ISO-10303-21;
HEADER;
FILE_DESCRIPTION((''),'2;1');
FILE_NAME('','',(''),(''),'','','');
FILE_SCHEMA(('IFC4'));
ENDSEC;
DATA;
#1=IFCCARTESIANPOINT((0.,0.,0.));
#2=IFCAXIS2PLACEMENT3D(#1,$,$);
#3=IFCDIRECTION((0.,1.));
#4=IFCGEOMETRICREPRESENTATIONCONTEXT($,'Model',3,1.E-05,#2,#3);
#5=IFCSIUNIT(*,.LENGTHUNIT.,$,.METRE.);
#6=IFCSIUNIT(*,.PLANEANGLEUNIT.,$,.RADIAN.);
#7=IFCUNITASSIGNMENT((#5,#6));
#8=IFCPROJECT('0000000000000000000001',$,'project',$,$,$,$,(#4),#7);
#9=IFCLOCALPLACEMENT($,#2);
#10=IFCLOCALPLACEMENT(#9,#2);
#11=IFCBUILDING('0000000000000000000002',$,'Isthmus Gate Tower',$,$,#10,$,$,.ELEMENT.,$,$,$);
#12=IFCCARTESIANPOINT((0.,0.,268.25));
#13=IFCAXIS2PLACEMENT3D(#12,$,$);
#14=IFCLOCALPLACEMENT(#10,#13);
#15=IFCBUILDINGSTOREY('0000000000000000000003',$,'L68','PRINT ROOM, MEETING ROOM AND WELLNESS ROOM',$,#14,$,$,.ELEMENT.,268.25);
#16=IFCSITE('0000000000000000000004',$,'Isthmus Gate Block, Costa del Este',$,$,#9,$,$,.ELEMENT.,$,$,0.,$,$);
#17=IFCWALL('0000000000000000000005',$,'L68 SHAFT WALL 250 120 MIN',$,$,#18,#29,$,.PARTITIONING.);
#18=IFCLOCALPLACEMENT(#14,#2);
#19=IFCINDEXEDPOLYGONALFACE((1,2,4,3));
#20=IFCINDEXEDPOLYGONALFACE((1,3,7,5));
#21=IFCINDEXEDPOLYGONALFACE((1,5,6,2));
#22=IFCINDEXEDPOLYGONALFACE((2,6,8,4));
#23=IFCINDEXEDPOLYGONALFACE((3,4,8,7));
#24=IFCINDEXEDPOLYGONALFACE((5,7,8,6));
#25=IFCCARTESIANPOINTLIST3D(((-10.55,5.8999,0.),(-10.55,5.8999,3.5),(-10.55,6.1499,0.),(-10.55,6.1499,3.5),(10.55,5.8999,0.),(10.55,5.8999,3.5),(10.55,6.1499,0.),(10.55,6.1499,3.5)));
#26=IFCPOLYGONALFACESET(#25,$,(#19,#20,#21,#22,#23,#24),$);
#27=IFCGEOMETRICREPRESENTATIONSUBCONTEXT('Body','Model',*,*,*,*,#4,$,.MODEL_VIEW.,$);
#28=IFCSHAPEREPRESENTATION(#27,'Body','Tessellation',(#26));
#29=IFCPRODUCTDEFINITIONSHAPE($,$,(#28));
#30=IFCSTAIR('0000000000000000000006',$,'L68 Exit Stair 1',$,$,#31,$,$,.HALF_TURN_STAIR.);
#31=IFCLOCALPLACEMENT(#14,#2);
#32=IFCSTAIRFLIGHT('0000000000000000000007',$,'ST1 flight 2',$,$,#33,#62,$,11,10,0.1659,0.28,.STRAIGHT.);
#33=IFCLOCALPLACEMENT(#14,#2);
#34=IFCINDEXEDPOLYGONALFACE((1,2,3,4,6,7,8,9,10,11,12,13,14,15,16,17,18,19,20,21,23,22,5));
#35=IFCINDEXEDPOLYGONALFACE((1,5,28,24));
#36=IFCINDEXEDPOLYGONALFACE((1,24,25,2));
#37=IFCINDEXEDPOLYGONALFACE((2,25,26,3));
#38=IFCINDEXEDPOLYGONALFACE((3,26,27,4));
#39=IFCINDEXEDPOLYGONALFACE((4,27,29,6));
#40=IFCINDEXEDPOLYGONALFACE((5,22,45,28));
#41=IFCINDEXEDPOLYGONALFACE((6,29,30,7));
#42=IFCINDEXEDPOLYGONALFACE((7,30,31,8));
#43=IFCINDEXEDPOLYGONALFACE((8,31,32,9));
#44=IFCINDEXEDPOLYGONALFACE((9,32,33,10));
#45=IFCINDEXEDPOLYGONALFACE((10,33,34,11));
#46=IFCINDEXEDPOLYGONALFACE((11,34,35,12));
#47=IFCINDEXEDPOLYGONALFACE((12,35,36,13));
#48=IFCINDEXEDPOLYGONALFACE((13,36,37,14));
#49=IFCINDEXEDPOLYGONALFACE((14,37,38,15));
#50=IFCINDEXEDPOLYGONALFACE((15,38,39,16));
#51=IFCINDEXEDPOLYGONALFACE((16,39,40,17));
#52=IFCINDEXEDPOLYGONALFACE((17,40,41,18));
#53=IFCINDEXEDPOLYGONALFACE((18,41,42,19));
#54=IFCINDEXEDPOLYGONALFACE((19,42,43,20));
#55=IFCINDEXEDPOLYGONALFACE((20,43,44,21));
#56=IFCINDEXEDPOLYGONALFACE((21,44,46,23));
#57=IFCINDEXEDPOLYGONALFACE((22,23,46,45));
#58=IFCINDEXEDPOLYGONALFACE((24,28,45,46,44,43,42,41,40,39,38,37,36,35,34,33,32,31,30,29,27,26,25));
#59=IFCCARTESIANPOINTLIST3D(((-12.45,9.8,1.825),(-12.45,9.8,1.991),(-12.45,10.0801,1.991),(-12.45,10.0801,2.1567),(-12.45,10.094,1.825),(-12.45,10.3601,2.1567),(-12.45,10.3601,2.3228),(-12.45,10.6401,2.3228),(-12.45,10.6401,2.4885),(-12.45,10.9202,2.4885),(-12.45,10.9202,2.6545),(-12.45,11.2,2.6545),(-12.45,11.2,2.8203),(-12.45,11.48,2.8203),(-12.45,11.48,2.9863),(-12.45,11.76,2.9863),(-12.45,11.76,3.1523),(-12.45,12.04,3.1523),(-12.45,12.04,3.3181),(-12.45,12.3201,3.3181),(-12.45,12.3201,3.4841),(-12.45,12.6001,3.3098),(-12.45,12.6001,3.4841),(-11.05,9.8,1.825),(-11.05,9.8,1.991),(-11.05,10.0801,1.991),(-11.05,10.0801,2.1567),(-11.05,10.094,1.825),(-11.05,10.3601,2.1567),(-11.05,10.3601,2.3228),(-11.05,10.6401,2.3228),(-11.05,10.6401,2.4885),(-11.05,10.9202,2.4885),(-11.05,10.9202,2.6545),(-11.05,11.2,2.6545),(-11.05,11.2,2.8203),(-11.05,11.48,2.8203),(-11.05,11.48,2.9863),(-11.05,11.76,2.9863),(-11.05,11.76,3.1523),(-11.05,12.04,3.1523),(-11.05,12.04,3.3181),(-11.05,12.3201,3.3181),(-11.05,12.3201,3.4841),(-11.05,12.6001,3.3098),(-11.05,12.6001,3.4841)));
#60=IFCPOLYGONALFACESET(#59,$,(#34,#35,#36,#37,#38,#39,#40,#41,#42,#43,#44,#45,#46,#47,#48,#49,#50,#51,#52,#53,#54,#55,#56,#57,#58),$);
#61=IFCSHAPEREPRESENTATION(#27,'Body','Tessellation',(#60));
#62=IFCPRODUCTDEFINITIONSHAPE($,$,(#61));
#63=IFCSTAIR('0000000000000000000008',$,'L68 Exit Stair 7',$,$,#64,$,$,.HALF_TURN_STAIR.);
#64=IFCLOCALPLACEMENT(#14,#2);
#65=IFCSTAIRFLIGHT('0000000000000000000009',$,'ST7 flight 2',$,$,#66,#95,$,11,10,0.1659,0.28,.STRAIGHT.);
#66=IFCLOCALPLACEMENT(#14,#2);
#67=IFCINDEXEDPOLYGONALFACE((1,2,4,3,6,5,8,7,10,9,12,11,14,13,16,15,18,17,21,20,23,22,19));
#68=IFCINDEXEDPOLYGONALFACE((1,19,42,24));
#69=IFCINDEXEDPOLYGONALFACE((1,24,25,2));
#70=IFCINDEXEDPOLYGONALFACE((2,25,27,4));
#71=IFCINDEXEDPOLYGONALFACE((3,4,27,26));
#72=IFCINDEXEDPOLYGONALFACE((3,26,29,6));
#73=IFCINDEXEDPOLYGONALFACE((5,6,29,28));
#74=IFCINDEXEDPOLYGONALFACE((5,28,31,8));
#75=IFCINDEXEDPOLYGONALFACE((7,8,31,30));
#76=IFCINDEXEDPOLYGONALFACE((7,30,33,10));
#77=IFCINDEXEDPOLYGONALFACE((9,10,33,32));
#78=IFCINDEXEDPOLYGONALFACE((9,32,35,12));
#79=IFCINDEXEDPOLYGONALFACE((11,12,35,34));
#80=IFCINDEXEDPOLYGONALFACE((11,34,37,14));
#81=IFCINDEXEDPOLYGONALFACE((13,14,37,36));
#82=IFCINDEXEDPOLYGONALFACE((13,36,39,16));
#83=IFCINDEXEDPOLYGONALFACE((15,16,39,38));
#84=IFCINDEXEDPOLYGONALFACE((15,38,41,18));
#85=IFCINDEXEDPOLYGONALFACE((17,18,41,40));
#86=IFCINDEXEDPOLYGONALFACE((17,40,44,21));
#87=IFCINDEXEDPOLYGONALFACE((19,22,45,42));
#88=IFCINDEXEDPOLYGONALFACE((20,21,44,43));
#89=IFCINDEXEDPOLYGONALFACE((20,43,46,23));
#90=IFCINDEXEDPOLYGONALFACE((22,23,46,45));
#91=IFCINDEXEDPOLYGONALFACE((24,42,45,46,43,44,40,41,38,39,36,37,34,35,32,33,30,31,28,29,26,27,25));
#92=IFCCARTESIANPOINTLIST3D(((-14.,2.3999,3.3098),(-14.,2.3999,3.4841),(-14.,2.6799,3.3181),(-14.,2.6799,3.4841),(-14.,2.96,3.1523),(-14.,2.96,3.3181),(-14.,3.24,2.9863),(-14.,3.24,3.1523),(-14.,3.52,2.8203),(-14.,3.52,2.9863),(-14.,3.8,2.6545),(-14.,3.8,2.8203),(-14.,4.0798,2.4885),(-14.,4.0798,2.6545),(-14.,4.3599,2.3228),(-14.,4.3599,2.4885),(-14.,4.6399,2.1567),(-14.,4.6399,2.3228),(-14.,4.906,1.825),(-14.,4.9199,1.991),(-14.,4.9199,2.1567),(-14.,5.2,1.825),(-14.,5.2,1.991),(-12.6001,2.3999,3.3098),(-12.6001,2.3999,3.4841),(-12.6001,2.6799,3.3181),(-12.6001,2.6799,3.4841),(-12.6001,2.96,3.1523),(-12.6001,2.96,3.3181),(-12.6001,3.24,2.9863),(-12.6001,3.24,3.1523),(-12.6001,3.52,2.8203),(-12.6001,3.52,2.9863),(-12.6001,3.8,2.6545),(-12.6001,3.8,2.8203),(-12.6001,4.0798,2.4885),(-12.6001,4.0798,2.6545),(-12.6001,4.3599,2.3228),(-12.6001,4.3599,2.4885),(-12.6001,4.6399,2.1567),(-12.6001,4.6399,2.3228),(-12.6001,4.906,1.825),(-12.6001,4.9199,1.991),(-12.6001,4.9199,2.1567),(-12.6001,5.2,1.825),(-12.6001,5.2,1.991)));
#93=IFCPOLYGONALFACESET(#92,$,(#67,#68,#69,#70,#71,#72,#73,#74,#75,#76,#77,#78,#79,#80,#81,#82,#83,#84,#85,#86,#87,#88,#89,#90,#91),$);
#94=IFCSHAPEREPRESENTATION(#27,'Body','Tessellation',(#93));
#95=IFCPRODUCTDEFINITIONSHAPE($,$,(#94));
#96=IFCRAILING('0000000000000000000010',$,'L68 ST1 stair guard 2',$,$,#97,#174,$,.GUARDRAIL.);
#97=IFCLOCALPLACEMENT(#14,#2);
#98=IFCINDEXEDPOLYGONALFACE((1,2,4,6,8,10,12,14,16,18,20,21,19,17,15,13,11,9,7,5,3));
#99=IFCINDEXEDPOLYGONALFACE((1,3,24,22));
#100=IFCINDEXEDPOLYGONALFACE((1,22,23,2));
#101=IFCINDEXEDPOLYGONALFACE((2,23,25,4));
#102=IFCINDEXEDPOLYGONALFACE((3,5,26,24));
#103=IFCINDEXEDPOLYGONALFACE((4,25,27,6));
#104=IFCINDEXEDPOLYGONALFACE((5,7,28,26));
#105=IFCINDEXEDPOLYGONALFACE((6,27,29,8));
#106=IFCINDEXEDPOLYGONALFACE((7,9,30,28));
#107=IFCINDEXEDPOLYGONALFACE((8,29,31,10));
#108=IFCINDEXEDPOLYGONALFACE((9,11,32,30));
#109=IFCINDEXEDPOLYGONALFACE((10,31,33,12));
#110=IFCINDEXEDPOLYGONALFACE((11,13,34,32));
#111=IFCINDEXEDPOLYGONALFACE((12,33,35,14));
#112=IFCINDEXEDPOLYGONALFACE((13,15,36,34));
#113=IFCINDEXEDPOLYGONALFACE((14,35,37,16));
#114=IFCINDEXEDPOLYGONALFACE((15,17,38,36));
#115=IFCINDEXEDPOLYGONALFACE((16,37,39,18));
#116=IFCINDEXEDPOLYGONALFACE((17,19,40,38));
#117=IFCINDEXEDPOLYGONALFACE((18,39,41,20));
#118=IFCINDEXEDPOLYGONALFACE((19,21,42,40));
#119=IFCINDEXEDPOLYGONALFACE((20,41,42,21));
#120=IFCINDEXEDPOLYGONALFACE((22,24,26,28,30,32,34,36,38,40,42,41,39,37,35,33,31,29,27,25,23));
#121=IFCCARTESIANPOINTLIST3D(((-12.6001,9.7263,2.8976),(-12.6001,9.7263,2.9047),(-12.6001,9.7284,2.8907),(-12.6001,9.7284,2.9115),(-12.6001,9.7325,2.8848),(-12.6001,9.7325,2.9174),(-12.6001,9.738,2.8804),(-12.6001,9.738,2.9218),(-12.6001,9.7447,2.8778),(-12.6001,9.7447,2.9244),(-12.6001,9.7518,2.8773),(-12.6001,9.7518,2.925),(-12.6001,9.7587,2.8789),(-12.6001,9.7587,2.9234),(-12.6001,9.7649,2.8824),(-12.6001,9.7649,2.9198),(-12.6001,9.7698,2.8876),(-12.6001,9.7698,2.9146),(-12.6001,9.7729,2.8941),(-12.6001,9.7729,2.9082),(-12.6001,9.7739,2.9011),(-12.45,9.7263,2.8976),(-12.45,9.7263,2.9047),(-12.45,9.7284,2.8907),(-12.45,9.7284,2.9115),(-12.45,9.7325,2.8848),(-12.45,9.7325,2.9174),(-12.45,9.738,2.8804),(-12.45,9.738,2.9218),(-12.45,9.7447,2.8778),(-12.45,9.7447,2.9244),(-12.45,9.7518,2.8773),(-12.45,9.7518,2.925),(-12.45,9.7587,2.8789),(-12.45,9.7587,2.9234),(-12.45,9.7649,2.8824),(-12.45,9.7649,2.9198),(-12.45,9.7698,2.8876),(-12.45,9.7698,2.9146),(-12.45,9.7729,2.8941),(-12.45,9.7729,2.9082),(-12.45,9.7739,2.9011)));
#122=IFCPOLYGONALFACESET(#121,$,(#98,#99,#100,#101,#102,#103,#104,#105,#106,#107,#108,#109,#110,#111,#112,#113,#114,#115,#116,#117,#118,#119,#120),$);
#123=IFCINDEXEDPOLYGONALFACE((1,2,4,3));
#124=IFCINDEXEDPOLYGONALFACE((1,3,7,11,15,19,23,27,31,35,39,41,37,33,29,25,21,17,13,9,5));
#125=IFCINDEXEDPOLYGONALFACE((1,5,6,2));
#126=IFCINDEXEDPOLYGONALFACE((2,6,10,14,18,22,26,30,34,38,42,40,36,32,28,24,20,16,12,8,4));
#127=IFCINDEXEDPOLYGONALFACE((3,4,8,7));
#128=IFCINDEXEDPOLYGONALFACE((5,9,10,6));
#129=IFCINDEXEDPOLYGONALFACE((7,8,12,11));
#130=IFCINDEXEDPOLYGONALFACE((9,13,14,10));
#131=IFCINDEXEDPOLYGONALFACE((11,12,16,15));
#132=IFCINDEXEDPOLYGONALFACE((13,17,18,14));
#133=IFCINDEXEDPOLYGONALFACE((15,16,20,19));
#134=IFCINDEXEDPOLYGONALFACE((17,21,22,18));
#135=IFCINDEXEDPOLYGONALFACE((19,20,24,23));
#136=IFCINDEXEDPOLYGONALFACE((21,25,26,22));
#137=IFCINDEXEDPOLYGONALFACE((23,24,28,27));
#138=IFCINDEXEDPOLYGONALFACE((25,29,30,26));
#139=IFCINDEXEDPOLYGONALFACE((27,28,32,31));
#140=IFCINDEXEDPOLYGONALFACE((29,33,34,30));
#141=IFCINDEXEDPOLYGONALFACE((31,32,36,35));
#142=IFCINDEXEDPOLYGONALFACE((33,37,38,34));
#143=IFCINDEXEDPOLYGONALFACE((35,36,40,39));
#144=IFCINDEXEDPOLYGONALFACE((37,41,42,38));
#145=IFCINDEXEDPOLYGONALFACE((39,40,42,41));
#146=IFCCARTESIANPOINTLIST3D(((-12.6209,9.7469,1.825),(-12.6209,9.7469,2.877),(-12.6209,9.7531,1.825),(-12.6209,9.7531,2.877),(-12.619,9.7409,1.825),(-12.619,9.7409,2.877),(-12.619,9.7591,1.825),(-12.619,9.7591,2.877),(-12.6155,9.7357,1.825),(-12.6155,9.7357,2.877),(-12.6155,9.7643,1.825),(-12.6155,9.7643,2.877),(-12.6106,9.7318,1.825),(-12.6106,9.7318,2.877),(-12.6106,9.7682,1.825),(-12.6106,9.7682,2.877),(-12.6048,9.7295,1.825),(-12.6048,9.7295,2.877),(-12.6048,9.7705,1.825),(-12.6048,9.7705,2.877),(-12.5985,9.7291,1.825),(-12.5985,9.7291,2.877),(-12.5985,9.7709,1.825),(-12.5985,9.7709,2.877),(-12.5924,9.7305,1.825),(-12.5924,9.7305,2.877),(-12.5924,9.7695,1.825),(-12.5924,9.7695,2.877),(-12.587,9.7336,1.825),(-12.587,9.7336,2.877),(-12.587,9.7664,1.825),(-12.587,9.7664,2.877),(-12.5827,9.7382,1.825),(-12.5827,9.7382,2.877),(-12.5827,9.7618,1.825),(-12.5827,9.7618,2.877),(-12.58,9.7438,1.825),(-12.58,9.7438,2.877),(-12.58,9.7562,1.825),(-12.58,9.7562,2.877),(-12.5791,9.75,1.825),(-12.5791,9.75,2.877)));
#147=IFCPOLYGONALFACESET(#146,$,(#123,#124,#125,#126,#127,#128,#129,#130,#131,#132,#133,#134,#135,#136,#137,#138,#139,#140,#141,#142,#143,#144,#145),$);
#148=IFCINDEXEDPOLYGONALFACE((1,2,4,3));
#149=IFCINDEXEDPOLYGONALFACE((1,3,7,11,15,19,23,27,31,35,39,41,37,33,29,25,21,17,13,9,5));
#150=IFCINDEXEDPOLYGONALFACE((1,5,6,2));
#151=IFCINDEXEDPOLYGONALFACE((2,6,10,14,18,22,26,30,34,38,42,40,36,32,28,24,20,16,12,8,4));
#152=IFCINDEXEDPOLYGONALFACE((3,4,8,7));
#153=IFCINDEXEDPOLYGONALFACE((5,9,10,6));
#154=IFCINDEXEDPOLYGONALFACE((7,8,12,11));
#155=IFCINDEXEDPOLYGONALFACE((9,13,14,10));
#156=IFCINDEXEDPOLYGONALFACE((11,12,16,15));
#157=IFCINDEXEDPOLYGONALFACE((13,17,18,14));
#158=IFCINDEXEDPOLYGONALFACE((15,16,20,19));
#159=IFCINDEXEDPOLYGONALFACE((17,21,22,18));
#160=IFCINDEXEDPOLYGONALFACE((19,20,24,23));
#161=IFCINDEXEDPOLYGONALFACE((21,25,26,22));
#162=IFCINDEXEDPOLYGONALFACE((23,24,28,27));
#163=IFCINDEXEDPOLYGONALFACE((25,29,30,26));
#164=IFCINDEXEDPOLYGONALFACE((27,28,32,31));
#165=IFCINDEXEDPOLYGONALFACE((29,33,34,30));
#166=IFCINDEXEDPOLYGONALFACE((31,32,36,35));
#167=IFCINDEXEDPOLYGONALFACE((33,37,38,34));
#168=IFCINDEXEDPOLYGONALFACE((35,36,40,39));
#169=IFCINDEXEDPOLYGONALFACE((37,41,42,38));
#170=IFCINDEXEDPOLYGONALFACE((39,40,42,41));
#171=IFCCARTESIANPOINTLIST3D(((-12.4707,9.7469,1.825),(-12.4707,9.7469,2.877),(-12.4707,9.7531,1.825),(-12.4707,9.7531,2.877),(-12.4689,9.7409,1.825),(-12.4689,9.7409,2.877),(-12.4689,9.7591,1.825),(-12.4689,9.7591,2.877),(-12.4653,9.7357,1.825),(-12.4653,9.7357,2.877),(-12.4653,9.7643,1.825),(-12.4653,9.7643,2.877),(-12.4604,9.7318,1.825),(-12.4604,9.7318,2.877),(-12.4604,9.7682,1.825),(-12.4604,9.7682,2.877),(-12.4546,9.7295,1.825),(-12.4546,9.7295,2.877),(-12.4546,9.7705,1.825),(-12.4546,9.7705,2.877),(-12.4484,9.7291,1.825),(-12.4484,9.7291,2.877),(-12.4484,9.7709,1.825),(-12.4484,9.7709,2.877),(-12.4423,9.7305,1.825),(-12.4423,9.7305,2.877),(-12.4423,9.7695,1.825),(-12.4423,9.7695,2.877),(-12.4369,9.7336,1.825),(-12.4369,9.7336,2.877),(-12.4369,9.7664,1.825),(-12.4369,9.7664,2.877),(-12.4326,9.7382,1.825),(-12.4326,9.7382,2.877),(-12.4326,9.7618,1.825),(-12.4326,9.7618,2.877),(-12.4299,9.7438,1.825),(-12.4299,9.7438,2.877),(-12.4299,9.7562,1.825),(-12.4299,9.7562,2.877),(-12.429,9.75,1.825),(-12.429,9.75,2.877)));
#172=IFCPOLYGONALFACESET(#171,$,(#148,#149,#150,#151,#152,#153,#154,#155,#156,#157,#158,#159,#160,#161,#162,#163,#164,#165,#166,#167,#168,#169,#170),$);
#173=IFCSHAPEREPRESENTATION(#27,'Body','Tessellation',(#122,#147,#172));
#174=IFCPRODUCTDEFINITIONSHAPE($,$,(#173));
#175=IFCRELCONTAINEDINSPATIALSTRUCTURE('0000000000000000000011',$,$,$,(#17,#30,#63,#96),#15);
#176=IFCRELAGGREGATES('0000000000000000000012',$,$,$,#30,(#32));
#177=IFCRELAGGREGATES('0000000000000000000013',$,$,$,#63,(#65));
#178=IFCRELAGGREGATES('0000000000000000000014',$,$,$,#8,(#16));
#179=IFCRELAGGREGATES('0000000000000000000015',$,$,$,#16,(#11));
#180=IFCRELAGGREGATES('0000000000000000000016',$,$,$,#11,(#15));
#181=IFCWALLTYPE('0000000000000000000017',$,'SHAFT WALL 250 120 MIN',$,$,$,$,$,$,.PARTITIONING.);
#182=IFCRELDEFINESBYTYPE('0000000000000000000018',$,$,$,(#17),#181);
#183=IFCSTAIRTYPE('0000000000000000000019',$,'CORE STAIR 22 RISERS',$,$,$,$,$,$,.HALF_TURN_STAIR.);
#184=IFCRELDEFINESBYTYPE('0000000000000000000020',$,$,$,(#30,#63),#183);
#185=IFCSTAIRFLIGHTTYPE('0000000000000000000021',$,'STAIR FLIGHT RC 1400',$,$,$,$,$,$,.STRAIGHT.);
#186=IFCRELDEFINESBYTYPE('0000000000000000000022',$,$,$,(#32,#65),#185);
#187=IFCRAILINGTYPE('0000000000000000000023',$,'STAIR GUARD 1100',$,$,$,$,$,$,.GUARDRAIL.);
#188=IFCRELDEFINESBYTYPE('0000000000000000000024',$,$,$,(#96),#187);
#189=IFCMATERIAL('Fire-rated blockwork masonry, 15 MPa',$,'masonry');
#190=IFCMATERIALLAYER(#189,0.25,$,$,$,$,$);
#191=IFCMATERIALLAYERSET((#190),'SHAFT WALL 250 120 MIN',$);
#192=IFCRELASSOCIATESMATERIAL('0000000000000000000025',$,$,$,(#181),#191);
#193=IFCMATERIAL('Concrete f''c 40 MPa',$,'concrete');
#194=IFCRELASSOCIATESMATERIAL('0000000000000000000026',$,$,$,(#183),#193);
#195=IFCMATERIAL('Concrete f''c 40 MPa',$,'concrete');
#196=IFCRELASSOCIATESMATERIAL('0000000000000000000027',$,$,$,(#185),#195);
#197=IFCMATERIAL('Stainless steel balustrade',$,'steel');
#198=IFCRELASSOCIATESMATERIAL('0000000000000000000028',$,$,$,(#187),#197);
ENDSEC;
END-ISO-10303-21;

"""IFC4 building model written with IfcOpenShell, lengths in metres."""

from ifc_helpers import new_model, si_unit, direction, frame, frame_2d, origin, origin_2d, place, context, subcontext, project, spatial, polyline, rectangle, circle, outline, extrude, material, layer, layer_set, type_object, element, aggregate, save


model = new_model("IFC4")

# Units and contexts
model_context = context("Model", 3, precision=1e-05, world=origin(), true_north=direction((0.0, 1.0)))
body_context = subcontext(model_context, "Body", "Model", "MODEL_VIEW")
ifc_project = project(units=[si_unit("LENGTHUNIT", "METRE"), si_unit("PLANEANGLEUNIT", "RADIAN")], contexts=[model_context])

# Site, building, storey
site_placement = place(None, origin())
site = spatial("IfcSite", under=ifc_project, at=site_placement, Name="Isthmus Gate Block, Costa del Este", CompositionType="ELEMENT", RefElevation=0.0)
building_placement = place(site_placement, origin())
building = spatial("IfcBuilding", under=site, at=building_placement, Name="Isthmus Gate Tower", CompositionType="ELEMENT")
storey_placement = place(building_placement, frame((0.0, 0.0, 268.25)))
storey = spatial("IfcBuildingStorey", under=building, at=storey_placement, Name="L68", Description="PRINT ROOM, MEETING ROOM AND WELLNESS ROOM", CompositionType="ELEMENT", Elevation=268.25)

# Wall
ifc_material_1 = material(Name="Fire-rated blockwork masonry, 15 MPa", Category="masonry")
ifc_layer_1 = layer(ifc_material_1, 0.25)
ifc_layer_set_1 = layer_set([ifc_layer_1], Name="SHAFT WALL 250 120 MIN")
wall_type_1 = type_object("IfcWallType", Name="SHAFT WALL 250 120 MIN", PredefinedType="PARTITIONING", material=ifc_layer_set_1)
wall_1_placement = place(storey_placement, frame((-10.55, 6.0249, 0.0), z_axis=(0.0, 0.0, 1.0), x_axis=(1.0, 0.0, 0.0)))
element("IfcWall", 1, at=wall_1_placement, inside=storey, type_object=wall_type_1, Name="L68 SHAFT WALL 250 120 MIN", PredefinedType="PARTITIONING", context=body_context, shape_type="SweptSolid", body=[
    extrude(rectangle(XDim=21.1001, YDim=0.25, at=frame_2d((10.55, 0.0))), origin(), (0.0, 0.0, 1.0), 3.5),
])

# Stairs, stair flights
ifc_material_2 = material(Name="Concrete f'c 40 MPa", Category="concrete")
stair_type = type_object("IfcStairType", Name="CORE STAIR 22 RISERS", PredefinedType="HALF_TURN_STAIR", material=ifc_material_2)
stair_1_placement = place(storey_placement, origin())
stair_1 = element("IfcStair", 2, at=stair_1_placement, inside=storey, type_object=stair_type, Name="L68 Exit Stair 1", PredefinedType="HALF_TURN_STAIR")
ifc_material_3 = material(Name="Concrete f'c 40 MPa", Category="concrete")
stair_flight_type = type_object("IfcStairFlightType", Name="STAIR FLIGHT RC 1400", PredefinedType="STRAIGHT", material=ifc_material_3)
stair_flight_1_placement = place(storey_placement, frame((-11.75, 9.8, 1.825), z_axis=(0.0, 0.0, 1.0), x_axis=(0.0, 1.0, 0.0)))
stair_flight_1 = element("IfcStairFlight", 3, at=stair_flight_1_placement, type_object=stair_flight_type, Name="ST1 flight 2", NumberOfRisers=11, NumberOfTreads=10, PredefinedType="STRAIGHT", RiserHeight=0.1659, TreadLength=0.28, context=body_context, shape_type="SweptSolid", body=[
    extrude(outline(polyline([(0.0, 0.0), (0.0, 0.166), (0.28, 0.166), (0.28, 0.3318), (0.5601, 0.3318), (0.5601, 0.4978), (0.8401, 0.4978), (0.8401, 0.6636), (1.1201, 0.6636), (1.1201, 0.8296), (1.3999, 0.8296), (1.3999, 0.9954), (1.6799, 0.9954), (1.6799, 1.1614), (1.96, 1.1614), (1.96, 1.3274), (2.24, 1.3274), (2.24, 1.4932), (2.52, 1.4932), (2.52, 1.6592), (2.8, 1.6592), (2.8, 1.825), (2.8, 1.4849), (0.2939, 0.0), (0.0, 0.0)])), frame((0.0, 0.7, 0.0), z_axis=(0.0, -1.0, 0.0), x_axis=(1.0, 0.0, 0.0)), (0.0, 0.0, 1.0), 1.3999),
])
aggregate(stair_1, [stair_flight_1])
stair_2_placement = place(storey_placement, origin())
stair_2 = element("IfcStair", 4, at=stair_2_placement, inside=storey, type_object=stair_type, Name="L68 Exit Stair 7", PredefinedType="HALF_TURN_STAIR")
stair_flight_2_placement = place(storey_placement, frame((-13.3, 5.2, 1.825), z_axis=(0.0, 0.0, 1.0), x_axis=(0.0, -1.0, 0.0)))
stair_flight_2 = element("IfcStairFlight", 5, at=stair_flight_2_placement, type_object=stair_flight_type, Name="ST7 flight 2", NumberOfRisers=11, NumberOfTreads=10, PredefinedType="STRAIGHT", RiserHeight=0.1659, TreadLength=0.28, context=body_context, shape_type="SweptSolid", body=[
    extrude(outline(polyline([(0.0, 0.0), (0.0, 0.166), (0.28, 0.166), (0.28, 0.3318), (0.5601, 0.3318), (0.5601, 0.4978), (0.8401, 0.4978), (0.8401, 0.6636), (1.1201, 0.6636), (1.1201, 0.8296), (1.3999, 0.8296), (1.3999, 0.9954), (1.6799, 0.9954), (1.6799, 1.1614), (1.96, 1.1614), (1.96, 1.3274), (2.24, 1.3274), (2.24, 1.4932), (2.52, 1.4932), (2.52, 1.6592), (2.8, 1.6592), (2.8, 1.825), (2.8, 1.4849), (0.2939, 0.0), (0.0, 0.0)])), frame((0.0, 0.7, 0.0), z_axis=(0.0, -1.0, 0.0), x_axis=(1.0, 0.0, 0.0)), (0.0, 0.0, 1.0), 1.3999),
])
aggregate(stair_2, [stair_flight_2])

# Railing
ifc_material_4 = material(Name="Stainless steel balustrade", Category="steel")
railing_type_1 = type_object("IfcRailingType", Name="STAIR GUARD 1100", PredefinedType="GUARDRAIL", material=ifc_material_4)
railing_1_placement = place(storey_placement, frame((-12.6001, 9.75, 1.825)))
element("IfcRailing", 6, at=railing_1_placement, inside=storey, type_object=railing_type_1, Name="L68 ST1 stair guard 2", PredefinedType="GUARDRAIL", context=body_context, shape_type="SweptSolid", body=[
    extrude(circle(Radius=0.0239, at=origin_2d()), frame((0.0, 0.0, 1.0762), z_axis=(1.0, 0.0, 0.0), x_axis=(0.0, 1.0, 0.0)), (0.0, 0.0, 1.0), 0.1501),
    extrude(circle(Radius=0.021, at=origin_2d()), origin(), (0.0, 0.0, 1.0), 1.052),
    extrude(circle(Radius=0.021, at=origin_2d()), frame((0.1501, 0.0, 0.0)), (0.0, 0.0, 1.0), 1.052),
])

save(model, "model.ifc")
